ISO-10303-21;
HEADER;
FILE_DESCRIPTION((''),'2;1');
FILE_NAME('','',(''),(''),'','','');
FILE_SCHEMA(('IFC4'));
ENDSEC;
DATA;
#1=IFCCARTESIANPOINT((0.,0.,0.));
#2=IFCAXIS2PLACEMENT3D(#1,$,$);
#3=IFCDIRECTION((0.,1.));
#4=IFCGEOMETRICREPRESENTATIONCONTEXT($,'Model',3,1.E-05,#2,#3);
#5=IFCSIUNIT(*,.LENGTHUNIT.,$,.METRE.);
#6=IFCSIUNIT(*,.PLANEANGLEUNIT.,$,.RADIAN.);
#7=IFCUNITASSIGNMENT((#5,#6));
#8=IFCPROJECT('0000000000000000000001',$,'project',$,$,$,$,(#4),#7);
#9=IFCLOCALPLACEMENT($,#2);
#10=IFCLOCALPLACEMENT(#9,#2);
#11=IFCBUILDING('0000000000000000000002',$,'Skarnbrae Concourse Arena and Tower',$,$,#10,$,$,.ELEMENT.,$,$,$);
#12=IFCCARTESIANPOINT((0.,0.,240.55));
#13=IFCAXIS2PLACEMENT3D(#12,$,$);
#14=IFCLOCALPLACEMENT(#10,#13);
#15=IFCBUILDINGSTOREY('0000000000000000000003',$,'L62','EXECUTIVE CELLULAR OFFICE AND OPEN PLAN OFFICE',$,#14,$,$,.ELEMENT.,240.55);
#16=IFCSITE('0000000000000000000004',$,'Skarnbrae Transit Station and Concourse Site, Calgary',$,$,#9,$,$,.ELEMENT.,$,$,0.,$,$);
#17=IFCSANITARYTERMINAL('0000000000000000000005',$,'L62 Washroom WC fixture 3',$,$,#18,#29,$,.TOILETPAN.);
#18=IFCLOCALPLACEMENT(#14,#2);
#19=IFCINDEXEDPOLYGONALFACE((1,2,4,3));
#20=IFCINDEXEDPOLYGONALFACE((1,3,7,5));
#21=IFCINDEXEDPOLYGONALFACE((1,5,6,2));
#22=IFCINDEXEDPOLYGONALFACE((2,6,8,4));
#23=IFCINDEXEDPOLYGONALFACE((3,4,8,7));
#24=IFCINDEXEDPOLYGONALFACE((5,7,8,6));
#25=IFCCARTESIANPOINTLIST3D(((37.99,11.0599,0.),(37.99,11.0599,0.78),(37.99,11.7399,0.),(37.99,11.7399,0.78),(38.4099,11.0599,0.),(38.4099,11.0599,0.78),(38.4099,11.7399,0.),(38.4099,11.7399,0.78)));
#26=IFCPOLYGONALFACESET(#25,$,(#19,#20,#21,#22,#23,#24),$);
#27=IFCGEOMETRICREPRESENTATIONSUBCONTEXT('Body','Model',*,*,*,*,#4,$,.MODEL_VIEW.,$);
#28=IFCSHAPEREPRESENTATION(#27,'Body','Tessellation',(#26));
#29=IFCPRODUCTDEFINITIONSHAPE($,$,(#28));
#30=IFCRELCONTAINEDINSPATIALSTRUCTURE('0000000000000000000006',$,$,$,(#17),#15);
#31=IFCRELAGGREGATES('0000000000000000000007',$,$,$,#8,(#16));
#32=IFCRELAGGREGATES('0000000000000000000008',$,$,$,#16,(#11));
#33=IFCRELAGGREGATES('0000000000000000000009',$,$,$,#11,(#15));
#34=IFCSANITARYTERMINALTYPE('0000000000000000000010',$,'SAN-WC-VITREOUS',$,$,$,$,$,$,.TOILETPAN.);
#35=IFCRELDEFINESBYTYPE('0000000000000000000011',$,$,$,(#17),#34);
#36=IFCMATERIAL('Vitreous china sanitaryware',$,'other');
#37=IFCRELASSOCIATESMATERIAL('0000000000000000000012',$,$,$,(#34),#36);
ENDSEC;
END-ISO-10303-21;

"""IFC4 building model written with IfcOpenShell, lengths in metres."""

from ifc_helpers import new_model, si_unit, direction, frame, origin, origin_2d, place, context, subcontext, project, spatial, rectangle, extrude, source, transform, mapped, material, type_object, element, save


model = new_model("IFC4")

# Units and contexts
model_context = context("Model", 3, precision=1e-05, world=origin(), true_north=direction((0.0, 1.0)))
body_context = subcontext(model_context, "Body", "Model", "MODEL_VIEW")
ifc_project = project(units=[si_unit("LENGTHUNIT", "METRE"), si_unit("PLANEANGLEUNIT", "RADIAN")], contexts=[model_context])

# Site, building, storey
site_placement = place(None, origin())
site = spatial("IfcSite", under=ifc_project, at=site_placement, Name="Skarnbrae Transit Station and Concourse Site, Calgary", CompositionType="ELEMENT", RefElevation=0.0)
building_placement = place(site_placement, origin())
building = spatial("IfcBuilding", under=site, at=building_placement, Name="Skarnbrae Concourse Arena and Tower", CompositionType="ELEMENT")
storey_placement = place(building_placement, frame((0.0, 0.0, 240.55)))
storey = spatial("IfcBuildingStorey", under=building, at=storey_placement, Name="L62", Description="EXECUTIVE CELLULAR OFFICE AND OPEN PLAN OFFICE", CompositionType="ELEMENT", Elevation=240.55)

# Sanitary terminal
ifc_material_1 = material(Name="Vitreous china sanitaryware", Category="other")
sanitary_terminal_type = type_object("IfcSanitaryTerminalType", Name="SAN-WC-VITREOUS", PredefinedType="TOILETPAN", material=ifc_material_1)
shared_shape_1 = source(origin(), body_context, "Body", "SweptSolid", [
    extrude(rectangle(XDim=0.4199, YDim=0.6799, at=origin_2d()), origin(), (0.0, 0.0, 1.0), 0.78),
])
for number, where, z_axis, x_axis, name in (
    (1, (38.2, 11.3999, 0.0), (0.0, 0.0, 1.0), (1.0, 0.0, 0.0), "L62 Washroom WC fixture 3"),
):
    element("IfcSanitaryTerminal", number, at=place(storey_placement, frame(where, z_axis=z_axis, x_axis=x_axis)), inside=storey, type_object=sanitary_terminal_type, Name=name, PredefinedType="TOILETPAN", context=body_context, shape_type="MappedRepresentation", body=[
        mapped(shared_shape_1, transform((0.0, 0.0, 0.0))),
    ])

save(model, "model.ifc")
